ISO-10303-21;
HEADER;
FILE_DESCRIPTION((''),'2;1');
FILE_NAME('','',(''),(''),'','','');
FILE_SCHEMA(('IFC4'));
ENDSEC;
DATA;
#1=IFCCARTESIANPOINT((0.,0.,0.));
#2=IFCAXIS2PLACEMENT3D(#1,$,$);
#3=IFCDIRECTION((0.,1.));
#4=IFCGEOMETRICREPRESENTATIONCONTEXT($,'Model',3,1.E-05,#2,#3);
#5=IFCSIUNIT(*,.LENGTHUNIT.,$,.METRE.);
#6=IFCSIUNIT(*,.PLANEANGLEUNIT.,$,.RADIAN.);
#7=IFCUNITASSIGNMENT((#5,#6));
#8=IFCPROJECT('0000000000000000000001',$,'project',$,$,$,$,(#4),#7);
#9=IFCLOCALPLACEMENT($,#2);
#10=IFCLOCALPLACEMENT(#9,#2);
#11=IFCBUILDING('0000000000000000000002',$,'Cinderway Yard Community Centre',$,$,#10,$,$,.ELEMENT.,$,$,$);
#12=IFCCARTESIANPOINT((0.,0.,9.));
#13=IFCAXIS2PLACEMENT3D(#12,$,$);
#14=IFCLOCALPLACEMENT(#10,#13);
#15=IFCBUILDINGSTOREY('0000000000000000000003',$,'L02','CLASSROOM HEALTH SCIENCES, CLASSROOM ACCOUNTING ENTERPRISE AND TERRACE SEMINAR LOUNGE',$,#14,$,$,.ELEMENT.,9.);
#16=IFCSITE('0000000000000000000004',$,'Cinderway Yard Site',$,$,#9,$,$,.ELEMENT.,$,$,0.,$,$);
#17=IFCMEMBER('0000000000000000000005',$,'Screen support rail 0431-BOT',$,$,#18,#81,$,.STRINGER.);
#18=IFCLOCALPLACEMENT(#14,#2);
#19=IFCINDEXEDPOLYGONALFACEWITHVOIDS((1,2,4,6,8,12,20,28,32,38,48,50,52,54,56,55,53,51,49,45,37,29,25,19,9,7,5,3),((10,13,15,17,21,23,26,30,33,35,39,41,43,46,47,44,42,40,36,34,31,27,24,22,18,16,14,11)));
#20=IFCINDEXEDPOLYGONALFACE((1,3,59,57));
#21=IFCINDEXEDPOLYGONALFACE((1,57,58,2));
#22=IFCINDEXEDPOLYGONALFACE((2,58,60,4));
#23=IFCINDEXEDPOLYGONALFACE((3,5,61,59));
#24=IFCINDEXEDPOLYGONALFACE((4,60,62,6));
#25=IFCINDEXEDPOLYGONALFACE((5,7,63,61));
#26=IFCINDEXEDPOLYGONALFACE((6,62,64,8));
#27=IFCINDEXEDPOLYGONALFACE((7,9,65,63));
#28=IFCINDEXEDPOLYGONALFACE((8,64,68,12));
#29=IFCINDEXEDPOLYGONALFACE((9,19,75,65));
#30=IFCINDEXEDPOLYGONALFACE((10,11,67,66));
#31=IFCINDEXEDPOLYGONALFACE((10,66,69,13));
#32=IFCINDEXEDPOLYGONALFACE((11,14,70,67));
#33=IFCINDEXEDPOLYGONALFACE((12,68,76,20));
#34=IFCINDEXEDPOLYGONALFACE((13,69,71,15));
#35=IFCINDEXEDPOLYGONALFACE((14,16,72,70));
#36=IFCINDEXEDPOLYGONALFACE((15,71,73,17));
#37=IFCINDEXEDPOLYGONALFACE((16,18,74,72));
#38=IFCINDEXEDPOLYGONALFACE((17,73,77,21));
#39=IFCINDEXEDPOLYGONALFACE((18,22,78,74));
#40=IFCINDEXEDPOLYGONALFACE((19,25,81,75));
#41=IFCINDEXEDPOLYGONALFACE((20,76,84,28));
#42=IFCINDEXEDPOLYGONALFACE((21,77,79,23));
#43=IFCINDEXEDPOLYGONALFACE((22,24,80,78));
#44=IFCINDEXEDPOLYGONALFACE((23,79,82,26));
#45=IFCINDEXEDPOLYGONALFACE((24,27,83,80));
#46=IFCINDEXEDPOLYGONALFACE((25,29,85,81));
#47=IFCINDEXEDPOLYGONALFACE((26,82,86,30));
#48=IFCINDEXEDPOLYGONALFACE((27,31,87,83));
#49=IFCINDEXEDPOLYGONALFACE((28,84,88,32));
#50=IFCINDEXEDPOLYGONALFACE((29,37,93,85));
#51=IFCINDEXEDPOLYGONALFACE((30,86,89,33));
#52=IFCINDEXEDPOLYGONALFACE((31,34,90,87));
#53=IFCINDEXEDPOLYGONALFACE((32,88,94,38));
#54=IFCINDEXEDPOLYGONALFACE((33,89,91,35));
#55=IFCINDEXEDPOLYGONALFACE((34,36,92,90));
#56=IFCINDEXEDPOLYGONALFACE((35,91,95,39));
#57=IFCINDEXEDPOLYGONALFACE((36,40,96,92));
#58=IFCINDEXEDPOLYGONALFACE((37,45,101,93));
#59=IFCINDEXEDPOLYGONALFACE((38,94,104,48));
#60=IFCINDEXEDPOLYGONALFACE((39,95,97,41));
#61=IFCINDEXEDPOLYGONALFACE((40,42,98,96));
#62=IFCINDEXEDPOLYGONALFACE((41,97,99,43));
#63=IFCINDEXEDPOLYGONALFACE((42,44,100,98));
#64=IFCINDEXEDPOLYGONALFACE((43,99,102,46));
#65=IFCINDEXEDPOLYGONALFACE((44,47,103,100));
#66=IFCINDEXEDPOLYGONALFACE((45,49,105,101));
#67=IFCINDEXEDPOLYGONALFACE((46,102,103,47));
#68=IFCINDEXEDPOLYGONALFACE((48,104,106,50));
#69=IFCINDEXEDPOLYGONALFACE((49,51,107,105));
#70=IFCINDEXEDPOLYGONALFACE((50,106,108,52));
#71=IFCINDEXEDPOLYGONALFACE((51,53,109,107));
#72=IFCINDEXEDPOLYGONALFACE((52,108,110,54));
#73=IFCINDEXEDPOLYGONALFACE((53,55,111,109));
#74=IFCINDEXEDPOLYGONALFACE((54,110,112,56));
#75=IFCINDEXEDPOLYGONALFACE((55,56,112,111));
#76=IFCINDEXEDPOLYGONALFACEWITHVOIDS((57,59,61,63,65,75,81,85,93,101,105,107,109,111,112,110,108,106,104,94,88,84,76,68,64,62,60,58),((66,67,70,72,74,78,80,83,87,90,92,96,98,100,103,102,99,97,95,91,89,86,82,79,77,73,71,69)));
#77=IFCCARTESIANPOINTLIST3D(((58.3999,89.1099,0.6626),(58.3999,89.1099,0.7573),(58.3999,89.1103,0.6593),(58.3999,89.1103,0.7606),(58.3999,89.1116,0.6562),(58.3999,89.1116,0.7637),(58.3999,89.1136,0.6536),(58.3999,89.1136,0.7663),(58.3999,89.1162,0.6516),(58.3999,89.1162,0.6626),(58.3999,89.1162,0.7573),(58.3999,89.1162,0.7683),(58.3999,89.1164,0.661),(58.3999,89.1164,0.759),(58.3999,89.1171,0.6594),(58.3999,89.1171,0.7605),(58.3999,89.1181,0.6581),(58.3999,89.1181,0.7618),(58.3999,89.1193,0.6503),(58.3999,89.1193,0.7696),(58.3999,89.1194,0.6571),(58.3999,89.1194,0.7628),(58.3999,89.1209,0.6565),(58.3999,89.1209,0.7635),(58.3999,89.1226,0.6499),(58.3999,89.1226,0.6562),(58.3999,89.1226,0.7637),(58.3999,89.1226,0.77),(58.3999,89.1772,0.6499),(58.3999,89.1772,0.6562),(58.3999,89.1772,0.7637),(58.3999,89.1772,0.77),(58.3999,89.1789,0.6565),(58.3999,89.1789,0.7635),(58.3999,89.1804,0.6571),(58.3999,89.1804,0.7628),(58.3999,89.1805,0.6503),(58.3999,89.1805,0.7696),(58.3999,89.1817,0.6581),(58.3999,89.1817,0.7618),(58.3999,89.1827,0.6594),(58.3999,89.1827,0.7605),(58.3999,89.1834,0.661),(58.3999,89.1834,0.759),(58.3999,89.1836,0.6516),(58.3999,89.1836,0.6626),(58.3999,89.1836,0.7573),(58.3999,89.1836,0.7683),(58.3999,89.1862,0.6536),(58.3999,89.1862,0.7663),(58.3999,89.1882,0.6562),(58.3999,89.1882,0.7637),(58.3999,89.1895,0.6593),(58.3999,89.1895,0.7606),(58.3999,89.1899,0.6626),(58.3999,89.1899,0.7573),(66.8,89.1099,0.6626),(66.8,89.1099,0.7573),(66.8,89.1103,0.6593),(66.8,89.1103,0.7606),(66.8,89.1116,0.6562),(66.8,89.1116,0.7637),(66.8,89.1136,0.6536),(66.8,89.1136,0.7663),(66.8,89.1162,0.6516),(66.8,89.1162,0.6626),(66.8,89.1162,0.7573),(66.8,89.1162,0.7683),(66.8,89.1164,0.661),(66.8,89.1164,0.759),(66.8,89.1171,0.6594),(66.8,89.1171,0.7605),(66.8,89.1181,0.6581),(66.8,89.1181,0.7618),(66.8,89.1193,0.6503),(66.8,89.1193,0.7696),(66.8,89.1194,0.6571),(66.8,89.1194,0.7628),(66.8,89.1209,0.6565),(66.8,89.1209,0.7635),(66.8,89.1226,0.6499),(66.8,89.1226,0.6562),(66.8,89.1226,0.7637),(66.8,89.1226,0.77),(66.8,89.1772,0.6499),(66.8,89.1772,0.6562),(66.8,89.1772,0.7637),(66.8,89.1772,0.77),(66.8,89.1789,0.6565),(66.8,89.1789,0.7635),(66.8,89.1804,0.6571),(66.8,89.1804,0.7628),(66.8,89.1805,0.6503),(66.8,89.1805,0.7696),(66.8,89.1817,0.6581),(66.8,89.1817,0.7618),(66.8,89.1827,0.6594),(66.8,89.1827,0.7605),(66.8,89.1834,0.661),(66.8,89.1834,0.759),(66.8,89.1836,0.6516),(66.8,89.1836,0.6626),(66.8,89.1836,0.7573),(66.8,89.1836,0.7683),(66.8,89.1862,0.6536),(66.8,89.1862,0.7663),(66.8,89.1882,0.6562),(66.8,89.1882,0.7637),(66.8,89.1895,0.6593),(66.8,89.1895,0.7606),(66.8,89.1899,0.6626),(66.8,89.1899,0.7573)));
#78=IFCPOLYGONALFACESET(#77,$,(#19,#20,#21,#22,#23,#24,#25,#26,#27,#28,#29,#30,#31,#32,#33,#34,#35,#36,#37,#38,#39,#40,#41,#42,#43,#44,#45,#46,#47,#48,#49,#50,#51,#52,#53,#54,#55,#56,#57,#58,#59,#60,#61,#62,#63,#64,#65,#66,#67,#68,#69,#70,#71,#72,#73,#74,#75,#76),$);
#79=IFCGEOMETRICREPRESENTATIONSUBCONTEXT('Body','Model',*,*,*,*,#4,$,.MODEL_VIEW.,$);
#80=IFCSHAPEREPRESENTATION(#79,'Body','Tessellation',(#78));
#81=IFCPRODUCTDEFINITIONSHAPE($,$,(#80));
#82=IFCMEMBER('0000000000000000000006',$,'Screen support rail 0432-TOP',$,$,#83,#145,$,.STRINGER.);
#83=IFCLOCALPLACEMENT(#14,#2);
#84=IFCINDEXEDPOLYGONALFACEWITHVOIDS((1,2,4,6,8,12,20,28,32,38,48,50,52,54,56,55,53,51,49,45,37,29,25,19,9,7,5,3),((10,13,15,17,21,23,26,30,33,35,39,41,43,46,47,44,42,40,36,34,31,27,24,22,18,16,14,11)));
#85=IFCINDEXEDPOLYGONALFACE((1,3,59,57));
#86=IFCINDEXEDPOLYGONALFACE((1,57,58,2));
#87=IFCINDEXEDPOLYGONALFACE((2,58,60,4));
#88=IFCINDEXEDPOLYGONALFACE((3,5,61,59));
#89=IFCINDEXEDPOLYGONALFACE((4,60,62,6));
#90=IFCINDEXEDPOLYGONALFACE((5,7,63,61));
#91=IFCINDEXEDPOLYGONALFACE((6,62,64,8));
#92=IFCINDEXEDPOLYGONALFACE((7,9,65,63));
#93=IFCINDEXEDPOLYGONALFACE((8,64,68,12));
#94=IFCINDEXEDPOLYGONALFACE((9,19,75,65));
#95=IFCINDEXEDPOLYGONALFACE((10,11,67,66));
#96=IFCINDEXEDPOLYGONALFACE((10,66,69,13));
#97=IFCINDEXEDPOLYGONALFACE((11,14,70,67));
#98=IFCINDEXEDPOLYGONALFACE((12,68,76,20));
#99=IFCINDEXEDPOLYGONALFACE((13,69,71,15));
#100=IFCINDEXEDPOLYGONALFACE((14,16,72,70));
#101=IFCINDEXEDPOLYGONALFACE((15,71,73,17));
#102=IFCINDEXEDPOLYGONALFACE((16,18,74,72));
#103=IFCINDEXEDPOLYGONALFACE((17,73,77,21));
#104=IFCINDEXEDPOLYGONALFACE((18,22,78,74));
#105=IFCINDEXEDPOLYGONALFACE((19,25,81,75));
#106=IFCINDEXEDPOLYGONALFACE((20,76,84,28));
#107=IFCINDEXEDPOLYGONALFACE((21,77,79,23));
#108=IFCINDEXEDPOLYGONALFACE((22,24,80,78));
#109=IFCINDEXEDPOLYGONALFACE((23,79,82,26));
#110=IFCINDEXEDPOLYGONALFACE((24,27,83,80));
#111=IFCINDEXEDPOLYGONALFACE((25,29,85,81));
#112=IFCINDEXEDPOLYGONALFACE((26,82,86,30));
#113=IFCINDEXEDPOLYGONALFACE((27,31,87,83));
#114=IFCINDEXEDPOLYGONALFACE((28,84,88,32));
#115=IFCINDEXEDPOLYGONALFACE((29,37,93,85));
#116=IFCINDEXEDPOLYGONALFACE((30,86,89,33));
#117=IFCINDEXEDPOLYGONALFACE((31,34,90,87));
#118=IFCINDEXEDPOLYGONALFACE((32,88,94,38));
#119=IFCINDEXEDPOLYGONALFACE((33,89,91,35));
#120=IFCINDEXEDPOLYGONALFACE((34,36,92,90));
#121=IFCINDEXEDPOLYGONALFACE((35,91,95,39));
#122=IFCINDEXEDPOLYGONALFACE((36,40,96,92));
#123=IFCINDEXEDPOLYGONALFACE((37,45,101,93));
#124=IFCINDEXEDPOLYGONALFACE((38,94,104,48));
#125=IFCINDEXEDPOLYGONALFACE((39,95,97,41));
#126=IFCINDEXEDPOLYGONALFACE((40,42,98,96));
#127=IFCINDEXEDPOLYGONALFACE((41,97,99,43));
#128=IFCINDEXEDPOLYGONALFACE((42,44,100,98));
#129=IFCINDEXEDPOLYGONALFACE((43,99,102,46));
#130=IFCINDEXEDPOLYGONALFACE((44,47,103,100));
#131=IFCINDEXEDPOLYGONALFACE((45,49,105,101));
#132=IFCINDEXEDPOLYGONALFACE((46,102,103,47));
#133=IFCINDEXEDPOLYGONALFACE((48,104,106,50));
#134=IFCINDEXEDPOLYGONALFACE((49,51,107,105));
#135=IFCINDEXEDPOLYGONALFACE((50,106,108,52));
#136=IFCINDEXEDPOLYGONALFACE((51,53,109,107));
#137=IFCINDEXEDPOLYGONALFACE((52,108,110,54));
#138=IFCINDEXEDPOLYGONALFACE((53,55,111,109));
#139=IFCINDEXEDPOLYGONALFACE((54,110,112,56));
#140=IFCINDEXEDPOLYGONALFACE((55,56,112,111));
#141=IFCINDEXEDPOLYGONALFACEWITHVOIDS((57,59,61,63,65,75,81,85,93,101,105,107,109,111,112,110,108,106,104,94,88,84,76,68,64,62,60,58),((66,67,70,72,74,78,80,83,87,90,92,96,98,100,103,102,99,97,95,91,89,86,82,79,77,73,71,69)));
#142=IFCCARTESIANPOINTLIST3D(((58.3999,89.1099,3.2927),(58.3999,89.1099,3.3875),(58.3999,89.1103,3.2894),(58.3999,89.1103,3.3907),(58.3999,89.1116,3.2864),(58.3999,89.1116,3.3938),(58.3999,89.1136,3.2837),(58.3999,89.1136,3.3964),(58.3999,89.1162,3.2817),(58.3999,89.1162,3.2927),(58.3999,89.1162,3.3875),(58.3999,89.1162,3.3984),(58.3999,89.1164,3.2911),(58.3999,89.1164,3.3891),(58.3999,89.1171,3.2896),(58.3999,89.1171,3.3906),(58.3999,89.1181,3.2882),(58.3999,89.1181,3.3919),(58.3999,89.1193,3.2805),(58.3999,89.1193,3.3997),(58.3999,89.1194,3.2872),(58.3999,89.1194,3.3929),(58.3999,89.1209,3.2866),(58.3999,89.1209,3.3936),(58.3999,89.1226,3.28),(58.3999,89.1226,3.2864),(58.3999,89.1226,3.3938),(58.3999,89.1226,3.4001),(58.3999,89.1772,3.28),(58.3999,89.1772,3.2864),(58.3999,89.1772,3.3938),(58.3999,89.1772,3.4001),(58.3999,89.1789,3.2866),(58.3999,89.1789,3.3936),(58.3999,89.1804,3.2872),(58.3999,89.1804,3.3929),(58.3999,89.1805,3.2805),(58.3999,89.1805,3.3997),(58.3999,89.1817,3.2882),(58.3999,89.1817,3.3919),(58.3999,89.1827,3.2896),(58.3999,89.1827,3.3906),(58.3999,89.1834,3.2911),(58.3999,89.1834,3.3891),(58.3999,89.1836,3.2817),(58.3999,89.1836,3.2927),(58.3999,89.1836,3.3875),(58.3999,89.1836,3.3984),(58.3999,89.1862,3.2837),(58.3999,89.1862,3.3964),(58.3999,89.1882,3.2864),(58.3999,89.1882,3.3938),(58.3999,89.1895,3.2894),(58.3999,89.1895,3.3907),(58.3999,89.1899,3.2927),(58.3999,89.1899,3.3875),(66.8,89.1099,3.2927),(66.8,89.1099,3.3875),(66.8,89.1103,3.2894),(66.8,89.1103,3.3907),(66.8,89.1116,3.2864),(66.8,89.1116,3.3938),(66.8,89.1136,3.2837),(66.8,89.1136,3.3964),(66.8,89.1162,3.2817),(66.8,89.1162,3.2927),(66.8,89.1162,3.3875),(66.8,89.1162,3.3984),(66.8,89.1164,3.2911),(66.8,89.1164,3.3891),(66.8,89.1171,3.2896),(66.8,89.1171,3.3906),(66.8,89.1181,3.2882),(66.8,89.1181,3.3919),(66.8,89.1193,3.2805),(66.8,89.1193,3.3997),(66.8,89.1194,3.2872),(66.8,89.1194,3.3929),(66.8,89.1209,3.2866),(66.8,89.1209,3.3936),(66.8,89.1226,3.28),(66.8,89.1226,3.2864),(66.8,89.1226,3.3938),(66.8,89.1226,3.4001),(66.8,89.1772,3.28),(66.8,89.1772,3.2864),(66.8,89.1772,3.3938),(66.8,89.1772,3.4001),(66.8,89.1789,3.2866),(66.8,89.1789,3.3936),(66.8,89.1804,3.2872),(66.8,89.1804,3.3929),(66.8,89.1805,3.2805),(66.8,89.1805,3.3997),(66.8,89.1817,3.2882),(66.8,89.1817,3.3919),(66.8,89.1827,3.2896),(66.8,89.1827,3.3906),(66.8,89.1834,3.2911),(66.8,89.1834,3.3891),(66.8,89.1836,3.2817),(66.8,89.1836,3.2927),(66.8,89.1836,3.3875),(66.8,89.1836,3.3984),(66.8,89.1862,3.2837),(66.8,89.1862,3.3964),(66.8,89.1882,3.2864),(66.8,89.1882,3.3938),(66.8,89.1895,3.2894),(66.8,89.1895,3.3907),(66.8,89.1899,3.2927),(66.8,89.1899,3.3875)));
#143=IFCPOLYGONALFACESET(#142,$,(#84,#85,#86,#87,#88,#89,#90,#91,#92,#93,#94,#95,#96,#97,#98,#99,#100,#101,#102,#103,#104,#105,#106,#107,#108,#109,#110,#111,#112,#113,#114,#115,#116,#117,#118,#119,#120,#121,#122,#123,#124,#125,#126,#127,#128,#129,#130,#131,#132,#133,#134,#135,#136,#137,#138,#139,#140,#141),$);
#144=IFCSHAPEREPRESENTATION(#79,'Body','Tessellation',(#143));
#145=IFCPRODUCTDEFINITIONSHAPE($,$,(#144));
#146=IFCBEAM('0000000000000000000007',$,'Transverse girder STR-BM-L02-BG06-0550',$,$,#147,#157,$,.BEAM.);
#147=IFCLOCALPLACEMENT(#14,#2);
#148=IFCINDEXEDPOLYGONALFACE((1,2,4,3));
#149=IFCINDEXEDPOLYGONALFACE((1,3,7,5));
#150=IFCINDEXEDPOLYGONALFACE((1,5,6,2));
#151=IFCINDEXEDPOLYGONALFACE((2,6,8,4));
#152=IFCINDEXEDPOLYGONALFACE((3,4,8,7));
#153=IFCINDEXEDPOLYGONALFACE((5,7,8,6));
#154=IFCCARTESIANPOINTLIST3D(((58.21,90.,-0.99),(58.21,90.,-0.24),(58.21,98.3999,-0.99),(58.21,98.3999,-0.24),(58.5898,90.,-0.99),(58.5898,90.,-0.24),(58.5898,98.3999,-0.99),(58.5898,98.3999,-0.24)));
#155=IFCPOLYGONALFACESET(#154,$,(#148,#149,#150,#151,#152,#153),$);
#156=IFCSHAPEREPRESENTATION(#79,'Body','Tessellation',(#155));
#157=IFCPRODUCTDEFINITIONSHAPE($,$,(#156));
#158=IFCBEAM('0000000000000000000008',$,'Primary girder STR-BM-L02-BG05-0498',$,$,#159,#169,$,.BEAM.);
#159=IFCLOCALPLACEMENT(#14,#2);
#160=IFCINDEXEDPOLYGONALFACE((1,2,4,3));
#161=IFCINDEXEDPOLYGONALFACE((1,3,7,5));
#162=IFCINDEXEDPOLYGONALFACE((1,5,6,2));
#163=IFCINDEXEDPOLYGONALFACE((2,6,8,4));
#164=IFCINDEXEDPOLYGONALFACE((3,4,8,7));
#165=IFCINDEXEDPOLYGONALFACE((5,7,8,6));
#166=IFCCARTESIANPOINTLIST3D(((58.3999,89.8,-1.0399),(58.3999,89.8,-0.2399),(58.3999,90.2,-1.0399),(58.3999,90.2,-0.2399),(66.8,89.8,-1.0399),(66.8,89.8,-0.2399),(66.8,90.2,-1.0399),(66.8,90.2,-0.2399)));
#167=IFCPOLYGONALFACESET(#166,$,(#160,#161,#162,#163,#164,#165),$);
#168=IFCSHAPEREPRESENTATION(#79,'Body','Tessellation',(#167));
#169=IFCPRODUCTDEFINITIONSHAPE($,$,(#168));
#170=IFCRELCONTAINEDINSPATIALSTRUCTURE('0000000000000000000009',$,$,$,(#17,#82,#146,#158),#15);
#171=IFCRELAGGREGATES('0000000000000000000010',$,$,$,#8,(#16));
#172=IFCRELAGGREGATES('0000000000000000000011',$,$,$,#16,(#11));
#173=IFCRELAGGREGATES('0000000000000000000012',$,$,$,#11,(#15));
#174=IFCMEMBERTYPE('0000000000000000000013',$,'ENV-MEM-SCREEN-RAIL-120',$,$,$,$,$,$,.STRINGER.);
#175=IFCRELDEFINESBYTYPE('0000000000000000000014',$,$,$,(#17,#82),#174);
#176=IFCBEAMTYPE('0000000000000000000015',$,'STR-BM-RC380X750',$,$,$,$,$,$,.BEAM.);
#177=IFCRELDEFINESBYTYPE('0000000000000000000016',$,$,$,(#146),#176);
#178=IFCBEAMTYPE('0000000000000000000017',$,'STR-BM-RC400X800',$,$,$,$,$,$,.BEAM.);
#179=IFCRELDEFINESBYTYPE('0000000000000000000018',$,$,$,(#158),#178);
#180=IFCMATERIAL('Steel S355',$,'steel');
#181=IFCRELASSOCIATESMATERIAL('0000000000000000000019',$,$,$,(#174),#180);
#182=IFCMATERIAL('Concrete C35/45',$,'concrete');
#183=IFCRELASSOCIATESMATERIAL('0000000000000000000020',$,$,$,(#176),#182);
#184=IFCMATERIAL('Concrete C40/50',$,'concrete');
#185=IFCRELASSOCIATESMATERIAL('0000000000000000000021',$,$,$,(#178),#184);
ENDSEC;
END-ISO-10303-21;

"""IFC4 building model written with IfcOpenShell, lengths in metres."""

from ifc_helpers import new_model, si_unit, direction, frame, origin, origin_2d, place, context, subcontext, project, spatial, rectangle, hollow_rectangle, extrude, material, material_profile, profile_set, type_object, element, save


model = new_model("IFC4")

# Units and contexts
model_context = context("Model", 3, precision=1e-05, world=origin(), true_north=direction((0.0, 1.0)))
body_context = subcontext(model_context, "Body", "Model", "MODEL_VIEW")
ifc_project = project(units=[si_unit("LENGTHUNIT", "METRE"), si_unit("PLANEANGLEUNIT", "RADIAN")], contexts=[model_context])

# Site, building, storey
site_placement = place(None, origin())
site = spatial("IfcSite", under=ifc_project, at=site_placement, Name="Cinderway Yard Site", CompositionType="ELEMENT", RefElevation=0.0)
building_placement = place(site_placement, origin())
building = spatial("IfcBuilding", under=site, at=building_placement, Name="Cinderway Yard Community Centre", CompositionType="ELEMENT")
storey_placement = place(building_placement, frame((0.0, 0.0, 9.0)))
storey = spatial("IfcBuildingStorey", under=building, at=storey_placement, Name="L02", Description="CLASSROOM HEALTH SCIENCES, CLASSROOM ACCOUNTING ENTERPRISE AND TERRACE SEMINAR LOUNGE", CompositionType="ELEMENT", Elevation=9.0)

# Shared definitions
ifc_material_1 = material(Name="Concrete C40/50", Category="concrete")

# Members
ifc_material_2 = material(Name="Steel S355", Category="steel")
ifc_material_profile_1 = material_profile(ifc_material_2, hollow_rectangle(XDim=0.0801, YDim=0.1201, WallThickness=0.0063, InnerFilletRadius=0.0063, OuterFilletRadius=0.0127, at=origin_2d()), Name="Steel S355")
ifc_profile_set_1 = profile_set([ifc_material_profile_1], Name="Steel S355")
member_type_1 = type_object("IfcMemberType", Name="ENV-MEM-SCREEN-RAIL-120", PredefinedType="STRINGER", material=ifc_profile_set_1)
for number, where, z_axis, x_axis, name in (
    (1, (58.3999, 89.1499, 0.71), (1.0, 0.0, 0.0), (0.0, 1.0, 0.0), "Screen support rail 0431-BOT"),
    (2, (58.3999, 89.1499, 3.3401), (1.0, 0.0, 0.0), (0.0, 1.0, 0.0), "Screen support rail 0432-TOP"),
):
    element("IfcMember", number, at=place(storey_placement, frame(where, z_axis=z_axis, x_axis=x_axis)), inside=storey, type_object=member_type_1, Name=name, PredefinedType="STRINGER", context=body_context, shape_type="SweptSolid", body=[
        extrude(hollow_rectangle(XDim=0.0801, YDim=0.1201, WallThickness=0.0063, InnerFilletRadius=0.0063, OuterFilletRadius=0.0127, at=origin_2d()), origin(), (0.0, 0.0, 1.0), 8.4001),
    ])

# Beams
ifc_material_3 = material(Name="Concrete C35/45", Category="concrete")
ifc_material_profile_2 = material_profile(ifc_material_3, rectangle(XDim=0.3799, YDim=0.75, at=origin_2d()), Name="Concrete C35/45")
ifc_profile_set_2 = profile_set([ifc_material_profile_2], Name="Concrete C35/45")
beam_type_1 = type_object("IfcBeamType", Name="STR-BM-RC380X750", PredefinedType="BEAM", material=ifc_profile_set_2)
beam_1_placement = place(storey_placement, frame((58.3999, 90.0, -0.615), z_axis=(0.0, 1.0, 0.0), x_axis=(-1.0, 0.0, 0.0)))
element("IfcBeam", 3, at=beam_1_placement, inside=storey, type_object=beam_type_1, Name="Transverse girder STR-BM-L02-BG06-0550", PredefinedType="BEAM", context=body_context, shape_type="SweptSolid", body=[
    extrude(rectangle(XDim=0.3799, YDim=0.75, at=origin_2d()), origin(), (0.0, 0.0, 1.0), 8.3999),
])
ifc_material_profile_3 = material_profile(ifc_material_1, rectangle(XDim=0.3999, YDim=0.8, at=origin_2d()), Name="Concrete C40/50")
ifc_profile_set_3 = profile_set([ifc_material_profile_3], Name="Concrete C40/50")
beam_type_2 = type_object("IfcBeamType", Name="STR-BM-RC400X800", PredefinedType="BEAM", material=ifc_profile_set_3)
beam_2_placement = place(storey_placement, frame((58.3999, 90.0, -0.6399), z_axis=(1.0, 0.0, 0.0), x_axis=(0.0, 1.0, 0.0)))
element("IfcBeam", 4, at=beam_2_placement, inside=storey, type_object=beam_type_2, Name="Primary girder STR-BM-L02-BG05-0498", PredefinedType="BEAM", context=body_context, shape_type="SweptSolid", body=[
    extrude(rectangle(XDim=0.3999, YDim=0.8, at=origin_2d()), origin(), (0.0, 0.0, 1.0), 8.4001),
])

save(model, "model.ifc")
